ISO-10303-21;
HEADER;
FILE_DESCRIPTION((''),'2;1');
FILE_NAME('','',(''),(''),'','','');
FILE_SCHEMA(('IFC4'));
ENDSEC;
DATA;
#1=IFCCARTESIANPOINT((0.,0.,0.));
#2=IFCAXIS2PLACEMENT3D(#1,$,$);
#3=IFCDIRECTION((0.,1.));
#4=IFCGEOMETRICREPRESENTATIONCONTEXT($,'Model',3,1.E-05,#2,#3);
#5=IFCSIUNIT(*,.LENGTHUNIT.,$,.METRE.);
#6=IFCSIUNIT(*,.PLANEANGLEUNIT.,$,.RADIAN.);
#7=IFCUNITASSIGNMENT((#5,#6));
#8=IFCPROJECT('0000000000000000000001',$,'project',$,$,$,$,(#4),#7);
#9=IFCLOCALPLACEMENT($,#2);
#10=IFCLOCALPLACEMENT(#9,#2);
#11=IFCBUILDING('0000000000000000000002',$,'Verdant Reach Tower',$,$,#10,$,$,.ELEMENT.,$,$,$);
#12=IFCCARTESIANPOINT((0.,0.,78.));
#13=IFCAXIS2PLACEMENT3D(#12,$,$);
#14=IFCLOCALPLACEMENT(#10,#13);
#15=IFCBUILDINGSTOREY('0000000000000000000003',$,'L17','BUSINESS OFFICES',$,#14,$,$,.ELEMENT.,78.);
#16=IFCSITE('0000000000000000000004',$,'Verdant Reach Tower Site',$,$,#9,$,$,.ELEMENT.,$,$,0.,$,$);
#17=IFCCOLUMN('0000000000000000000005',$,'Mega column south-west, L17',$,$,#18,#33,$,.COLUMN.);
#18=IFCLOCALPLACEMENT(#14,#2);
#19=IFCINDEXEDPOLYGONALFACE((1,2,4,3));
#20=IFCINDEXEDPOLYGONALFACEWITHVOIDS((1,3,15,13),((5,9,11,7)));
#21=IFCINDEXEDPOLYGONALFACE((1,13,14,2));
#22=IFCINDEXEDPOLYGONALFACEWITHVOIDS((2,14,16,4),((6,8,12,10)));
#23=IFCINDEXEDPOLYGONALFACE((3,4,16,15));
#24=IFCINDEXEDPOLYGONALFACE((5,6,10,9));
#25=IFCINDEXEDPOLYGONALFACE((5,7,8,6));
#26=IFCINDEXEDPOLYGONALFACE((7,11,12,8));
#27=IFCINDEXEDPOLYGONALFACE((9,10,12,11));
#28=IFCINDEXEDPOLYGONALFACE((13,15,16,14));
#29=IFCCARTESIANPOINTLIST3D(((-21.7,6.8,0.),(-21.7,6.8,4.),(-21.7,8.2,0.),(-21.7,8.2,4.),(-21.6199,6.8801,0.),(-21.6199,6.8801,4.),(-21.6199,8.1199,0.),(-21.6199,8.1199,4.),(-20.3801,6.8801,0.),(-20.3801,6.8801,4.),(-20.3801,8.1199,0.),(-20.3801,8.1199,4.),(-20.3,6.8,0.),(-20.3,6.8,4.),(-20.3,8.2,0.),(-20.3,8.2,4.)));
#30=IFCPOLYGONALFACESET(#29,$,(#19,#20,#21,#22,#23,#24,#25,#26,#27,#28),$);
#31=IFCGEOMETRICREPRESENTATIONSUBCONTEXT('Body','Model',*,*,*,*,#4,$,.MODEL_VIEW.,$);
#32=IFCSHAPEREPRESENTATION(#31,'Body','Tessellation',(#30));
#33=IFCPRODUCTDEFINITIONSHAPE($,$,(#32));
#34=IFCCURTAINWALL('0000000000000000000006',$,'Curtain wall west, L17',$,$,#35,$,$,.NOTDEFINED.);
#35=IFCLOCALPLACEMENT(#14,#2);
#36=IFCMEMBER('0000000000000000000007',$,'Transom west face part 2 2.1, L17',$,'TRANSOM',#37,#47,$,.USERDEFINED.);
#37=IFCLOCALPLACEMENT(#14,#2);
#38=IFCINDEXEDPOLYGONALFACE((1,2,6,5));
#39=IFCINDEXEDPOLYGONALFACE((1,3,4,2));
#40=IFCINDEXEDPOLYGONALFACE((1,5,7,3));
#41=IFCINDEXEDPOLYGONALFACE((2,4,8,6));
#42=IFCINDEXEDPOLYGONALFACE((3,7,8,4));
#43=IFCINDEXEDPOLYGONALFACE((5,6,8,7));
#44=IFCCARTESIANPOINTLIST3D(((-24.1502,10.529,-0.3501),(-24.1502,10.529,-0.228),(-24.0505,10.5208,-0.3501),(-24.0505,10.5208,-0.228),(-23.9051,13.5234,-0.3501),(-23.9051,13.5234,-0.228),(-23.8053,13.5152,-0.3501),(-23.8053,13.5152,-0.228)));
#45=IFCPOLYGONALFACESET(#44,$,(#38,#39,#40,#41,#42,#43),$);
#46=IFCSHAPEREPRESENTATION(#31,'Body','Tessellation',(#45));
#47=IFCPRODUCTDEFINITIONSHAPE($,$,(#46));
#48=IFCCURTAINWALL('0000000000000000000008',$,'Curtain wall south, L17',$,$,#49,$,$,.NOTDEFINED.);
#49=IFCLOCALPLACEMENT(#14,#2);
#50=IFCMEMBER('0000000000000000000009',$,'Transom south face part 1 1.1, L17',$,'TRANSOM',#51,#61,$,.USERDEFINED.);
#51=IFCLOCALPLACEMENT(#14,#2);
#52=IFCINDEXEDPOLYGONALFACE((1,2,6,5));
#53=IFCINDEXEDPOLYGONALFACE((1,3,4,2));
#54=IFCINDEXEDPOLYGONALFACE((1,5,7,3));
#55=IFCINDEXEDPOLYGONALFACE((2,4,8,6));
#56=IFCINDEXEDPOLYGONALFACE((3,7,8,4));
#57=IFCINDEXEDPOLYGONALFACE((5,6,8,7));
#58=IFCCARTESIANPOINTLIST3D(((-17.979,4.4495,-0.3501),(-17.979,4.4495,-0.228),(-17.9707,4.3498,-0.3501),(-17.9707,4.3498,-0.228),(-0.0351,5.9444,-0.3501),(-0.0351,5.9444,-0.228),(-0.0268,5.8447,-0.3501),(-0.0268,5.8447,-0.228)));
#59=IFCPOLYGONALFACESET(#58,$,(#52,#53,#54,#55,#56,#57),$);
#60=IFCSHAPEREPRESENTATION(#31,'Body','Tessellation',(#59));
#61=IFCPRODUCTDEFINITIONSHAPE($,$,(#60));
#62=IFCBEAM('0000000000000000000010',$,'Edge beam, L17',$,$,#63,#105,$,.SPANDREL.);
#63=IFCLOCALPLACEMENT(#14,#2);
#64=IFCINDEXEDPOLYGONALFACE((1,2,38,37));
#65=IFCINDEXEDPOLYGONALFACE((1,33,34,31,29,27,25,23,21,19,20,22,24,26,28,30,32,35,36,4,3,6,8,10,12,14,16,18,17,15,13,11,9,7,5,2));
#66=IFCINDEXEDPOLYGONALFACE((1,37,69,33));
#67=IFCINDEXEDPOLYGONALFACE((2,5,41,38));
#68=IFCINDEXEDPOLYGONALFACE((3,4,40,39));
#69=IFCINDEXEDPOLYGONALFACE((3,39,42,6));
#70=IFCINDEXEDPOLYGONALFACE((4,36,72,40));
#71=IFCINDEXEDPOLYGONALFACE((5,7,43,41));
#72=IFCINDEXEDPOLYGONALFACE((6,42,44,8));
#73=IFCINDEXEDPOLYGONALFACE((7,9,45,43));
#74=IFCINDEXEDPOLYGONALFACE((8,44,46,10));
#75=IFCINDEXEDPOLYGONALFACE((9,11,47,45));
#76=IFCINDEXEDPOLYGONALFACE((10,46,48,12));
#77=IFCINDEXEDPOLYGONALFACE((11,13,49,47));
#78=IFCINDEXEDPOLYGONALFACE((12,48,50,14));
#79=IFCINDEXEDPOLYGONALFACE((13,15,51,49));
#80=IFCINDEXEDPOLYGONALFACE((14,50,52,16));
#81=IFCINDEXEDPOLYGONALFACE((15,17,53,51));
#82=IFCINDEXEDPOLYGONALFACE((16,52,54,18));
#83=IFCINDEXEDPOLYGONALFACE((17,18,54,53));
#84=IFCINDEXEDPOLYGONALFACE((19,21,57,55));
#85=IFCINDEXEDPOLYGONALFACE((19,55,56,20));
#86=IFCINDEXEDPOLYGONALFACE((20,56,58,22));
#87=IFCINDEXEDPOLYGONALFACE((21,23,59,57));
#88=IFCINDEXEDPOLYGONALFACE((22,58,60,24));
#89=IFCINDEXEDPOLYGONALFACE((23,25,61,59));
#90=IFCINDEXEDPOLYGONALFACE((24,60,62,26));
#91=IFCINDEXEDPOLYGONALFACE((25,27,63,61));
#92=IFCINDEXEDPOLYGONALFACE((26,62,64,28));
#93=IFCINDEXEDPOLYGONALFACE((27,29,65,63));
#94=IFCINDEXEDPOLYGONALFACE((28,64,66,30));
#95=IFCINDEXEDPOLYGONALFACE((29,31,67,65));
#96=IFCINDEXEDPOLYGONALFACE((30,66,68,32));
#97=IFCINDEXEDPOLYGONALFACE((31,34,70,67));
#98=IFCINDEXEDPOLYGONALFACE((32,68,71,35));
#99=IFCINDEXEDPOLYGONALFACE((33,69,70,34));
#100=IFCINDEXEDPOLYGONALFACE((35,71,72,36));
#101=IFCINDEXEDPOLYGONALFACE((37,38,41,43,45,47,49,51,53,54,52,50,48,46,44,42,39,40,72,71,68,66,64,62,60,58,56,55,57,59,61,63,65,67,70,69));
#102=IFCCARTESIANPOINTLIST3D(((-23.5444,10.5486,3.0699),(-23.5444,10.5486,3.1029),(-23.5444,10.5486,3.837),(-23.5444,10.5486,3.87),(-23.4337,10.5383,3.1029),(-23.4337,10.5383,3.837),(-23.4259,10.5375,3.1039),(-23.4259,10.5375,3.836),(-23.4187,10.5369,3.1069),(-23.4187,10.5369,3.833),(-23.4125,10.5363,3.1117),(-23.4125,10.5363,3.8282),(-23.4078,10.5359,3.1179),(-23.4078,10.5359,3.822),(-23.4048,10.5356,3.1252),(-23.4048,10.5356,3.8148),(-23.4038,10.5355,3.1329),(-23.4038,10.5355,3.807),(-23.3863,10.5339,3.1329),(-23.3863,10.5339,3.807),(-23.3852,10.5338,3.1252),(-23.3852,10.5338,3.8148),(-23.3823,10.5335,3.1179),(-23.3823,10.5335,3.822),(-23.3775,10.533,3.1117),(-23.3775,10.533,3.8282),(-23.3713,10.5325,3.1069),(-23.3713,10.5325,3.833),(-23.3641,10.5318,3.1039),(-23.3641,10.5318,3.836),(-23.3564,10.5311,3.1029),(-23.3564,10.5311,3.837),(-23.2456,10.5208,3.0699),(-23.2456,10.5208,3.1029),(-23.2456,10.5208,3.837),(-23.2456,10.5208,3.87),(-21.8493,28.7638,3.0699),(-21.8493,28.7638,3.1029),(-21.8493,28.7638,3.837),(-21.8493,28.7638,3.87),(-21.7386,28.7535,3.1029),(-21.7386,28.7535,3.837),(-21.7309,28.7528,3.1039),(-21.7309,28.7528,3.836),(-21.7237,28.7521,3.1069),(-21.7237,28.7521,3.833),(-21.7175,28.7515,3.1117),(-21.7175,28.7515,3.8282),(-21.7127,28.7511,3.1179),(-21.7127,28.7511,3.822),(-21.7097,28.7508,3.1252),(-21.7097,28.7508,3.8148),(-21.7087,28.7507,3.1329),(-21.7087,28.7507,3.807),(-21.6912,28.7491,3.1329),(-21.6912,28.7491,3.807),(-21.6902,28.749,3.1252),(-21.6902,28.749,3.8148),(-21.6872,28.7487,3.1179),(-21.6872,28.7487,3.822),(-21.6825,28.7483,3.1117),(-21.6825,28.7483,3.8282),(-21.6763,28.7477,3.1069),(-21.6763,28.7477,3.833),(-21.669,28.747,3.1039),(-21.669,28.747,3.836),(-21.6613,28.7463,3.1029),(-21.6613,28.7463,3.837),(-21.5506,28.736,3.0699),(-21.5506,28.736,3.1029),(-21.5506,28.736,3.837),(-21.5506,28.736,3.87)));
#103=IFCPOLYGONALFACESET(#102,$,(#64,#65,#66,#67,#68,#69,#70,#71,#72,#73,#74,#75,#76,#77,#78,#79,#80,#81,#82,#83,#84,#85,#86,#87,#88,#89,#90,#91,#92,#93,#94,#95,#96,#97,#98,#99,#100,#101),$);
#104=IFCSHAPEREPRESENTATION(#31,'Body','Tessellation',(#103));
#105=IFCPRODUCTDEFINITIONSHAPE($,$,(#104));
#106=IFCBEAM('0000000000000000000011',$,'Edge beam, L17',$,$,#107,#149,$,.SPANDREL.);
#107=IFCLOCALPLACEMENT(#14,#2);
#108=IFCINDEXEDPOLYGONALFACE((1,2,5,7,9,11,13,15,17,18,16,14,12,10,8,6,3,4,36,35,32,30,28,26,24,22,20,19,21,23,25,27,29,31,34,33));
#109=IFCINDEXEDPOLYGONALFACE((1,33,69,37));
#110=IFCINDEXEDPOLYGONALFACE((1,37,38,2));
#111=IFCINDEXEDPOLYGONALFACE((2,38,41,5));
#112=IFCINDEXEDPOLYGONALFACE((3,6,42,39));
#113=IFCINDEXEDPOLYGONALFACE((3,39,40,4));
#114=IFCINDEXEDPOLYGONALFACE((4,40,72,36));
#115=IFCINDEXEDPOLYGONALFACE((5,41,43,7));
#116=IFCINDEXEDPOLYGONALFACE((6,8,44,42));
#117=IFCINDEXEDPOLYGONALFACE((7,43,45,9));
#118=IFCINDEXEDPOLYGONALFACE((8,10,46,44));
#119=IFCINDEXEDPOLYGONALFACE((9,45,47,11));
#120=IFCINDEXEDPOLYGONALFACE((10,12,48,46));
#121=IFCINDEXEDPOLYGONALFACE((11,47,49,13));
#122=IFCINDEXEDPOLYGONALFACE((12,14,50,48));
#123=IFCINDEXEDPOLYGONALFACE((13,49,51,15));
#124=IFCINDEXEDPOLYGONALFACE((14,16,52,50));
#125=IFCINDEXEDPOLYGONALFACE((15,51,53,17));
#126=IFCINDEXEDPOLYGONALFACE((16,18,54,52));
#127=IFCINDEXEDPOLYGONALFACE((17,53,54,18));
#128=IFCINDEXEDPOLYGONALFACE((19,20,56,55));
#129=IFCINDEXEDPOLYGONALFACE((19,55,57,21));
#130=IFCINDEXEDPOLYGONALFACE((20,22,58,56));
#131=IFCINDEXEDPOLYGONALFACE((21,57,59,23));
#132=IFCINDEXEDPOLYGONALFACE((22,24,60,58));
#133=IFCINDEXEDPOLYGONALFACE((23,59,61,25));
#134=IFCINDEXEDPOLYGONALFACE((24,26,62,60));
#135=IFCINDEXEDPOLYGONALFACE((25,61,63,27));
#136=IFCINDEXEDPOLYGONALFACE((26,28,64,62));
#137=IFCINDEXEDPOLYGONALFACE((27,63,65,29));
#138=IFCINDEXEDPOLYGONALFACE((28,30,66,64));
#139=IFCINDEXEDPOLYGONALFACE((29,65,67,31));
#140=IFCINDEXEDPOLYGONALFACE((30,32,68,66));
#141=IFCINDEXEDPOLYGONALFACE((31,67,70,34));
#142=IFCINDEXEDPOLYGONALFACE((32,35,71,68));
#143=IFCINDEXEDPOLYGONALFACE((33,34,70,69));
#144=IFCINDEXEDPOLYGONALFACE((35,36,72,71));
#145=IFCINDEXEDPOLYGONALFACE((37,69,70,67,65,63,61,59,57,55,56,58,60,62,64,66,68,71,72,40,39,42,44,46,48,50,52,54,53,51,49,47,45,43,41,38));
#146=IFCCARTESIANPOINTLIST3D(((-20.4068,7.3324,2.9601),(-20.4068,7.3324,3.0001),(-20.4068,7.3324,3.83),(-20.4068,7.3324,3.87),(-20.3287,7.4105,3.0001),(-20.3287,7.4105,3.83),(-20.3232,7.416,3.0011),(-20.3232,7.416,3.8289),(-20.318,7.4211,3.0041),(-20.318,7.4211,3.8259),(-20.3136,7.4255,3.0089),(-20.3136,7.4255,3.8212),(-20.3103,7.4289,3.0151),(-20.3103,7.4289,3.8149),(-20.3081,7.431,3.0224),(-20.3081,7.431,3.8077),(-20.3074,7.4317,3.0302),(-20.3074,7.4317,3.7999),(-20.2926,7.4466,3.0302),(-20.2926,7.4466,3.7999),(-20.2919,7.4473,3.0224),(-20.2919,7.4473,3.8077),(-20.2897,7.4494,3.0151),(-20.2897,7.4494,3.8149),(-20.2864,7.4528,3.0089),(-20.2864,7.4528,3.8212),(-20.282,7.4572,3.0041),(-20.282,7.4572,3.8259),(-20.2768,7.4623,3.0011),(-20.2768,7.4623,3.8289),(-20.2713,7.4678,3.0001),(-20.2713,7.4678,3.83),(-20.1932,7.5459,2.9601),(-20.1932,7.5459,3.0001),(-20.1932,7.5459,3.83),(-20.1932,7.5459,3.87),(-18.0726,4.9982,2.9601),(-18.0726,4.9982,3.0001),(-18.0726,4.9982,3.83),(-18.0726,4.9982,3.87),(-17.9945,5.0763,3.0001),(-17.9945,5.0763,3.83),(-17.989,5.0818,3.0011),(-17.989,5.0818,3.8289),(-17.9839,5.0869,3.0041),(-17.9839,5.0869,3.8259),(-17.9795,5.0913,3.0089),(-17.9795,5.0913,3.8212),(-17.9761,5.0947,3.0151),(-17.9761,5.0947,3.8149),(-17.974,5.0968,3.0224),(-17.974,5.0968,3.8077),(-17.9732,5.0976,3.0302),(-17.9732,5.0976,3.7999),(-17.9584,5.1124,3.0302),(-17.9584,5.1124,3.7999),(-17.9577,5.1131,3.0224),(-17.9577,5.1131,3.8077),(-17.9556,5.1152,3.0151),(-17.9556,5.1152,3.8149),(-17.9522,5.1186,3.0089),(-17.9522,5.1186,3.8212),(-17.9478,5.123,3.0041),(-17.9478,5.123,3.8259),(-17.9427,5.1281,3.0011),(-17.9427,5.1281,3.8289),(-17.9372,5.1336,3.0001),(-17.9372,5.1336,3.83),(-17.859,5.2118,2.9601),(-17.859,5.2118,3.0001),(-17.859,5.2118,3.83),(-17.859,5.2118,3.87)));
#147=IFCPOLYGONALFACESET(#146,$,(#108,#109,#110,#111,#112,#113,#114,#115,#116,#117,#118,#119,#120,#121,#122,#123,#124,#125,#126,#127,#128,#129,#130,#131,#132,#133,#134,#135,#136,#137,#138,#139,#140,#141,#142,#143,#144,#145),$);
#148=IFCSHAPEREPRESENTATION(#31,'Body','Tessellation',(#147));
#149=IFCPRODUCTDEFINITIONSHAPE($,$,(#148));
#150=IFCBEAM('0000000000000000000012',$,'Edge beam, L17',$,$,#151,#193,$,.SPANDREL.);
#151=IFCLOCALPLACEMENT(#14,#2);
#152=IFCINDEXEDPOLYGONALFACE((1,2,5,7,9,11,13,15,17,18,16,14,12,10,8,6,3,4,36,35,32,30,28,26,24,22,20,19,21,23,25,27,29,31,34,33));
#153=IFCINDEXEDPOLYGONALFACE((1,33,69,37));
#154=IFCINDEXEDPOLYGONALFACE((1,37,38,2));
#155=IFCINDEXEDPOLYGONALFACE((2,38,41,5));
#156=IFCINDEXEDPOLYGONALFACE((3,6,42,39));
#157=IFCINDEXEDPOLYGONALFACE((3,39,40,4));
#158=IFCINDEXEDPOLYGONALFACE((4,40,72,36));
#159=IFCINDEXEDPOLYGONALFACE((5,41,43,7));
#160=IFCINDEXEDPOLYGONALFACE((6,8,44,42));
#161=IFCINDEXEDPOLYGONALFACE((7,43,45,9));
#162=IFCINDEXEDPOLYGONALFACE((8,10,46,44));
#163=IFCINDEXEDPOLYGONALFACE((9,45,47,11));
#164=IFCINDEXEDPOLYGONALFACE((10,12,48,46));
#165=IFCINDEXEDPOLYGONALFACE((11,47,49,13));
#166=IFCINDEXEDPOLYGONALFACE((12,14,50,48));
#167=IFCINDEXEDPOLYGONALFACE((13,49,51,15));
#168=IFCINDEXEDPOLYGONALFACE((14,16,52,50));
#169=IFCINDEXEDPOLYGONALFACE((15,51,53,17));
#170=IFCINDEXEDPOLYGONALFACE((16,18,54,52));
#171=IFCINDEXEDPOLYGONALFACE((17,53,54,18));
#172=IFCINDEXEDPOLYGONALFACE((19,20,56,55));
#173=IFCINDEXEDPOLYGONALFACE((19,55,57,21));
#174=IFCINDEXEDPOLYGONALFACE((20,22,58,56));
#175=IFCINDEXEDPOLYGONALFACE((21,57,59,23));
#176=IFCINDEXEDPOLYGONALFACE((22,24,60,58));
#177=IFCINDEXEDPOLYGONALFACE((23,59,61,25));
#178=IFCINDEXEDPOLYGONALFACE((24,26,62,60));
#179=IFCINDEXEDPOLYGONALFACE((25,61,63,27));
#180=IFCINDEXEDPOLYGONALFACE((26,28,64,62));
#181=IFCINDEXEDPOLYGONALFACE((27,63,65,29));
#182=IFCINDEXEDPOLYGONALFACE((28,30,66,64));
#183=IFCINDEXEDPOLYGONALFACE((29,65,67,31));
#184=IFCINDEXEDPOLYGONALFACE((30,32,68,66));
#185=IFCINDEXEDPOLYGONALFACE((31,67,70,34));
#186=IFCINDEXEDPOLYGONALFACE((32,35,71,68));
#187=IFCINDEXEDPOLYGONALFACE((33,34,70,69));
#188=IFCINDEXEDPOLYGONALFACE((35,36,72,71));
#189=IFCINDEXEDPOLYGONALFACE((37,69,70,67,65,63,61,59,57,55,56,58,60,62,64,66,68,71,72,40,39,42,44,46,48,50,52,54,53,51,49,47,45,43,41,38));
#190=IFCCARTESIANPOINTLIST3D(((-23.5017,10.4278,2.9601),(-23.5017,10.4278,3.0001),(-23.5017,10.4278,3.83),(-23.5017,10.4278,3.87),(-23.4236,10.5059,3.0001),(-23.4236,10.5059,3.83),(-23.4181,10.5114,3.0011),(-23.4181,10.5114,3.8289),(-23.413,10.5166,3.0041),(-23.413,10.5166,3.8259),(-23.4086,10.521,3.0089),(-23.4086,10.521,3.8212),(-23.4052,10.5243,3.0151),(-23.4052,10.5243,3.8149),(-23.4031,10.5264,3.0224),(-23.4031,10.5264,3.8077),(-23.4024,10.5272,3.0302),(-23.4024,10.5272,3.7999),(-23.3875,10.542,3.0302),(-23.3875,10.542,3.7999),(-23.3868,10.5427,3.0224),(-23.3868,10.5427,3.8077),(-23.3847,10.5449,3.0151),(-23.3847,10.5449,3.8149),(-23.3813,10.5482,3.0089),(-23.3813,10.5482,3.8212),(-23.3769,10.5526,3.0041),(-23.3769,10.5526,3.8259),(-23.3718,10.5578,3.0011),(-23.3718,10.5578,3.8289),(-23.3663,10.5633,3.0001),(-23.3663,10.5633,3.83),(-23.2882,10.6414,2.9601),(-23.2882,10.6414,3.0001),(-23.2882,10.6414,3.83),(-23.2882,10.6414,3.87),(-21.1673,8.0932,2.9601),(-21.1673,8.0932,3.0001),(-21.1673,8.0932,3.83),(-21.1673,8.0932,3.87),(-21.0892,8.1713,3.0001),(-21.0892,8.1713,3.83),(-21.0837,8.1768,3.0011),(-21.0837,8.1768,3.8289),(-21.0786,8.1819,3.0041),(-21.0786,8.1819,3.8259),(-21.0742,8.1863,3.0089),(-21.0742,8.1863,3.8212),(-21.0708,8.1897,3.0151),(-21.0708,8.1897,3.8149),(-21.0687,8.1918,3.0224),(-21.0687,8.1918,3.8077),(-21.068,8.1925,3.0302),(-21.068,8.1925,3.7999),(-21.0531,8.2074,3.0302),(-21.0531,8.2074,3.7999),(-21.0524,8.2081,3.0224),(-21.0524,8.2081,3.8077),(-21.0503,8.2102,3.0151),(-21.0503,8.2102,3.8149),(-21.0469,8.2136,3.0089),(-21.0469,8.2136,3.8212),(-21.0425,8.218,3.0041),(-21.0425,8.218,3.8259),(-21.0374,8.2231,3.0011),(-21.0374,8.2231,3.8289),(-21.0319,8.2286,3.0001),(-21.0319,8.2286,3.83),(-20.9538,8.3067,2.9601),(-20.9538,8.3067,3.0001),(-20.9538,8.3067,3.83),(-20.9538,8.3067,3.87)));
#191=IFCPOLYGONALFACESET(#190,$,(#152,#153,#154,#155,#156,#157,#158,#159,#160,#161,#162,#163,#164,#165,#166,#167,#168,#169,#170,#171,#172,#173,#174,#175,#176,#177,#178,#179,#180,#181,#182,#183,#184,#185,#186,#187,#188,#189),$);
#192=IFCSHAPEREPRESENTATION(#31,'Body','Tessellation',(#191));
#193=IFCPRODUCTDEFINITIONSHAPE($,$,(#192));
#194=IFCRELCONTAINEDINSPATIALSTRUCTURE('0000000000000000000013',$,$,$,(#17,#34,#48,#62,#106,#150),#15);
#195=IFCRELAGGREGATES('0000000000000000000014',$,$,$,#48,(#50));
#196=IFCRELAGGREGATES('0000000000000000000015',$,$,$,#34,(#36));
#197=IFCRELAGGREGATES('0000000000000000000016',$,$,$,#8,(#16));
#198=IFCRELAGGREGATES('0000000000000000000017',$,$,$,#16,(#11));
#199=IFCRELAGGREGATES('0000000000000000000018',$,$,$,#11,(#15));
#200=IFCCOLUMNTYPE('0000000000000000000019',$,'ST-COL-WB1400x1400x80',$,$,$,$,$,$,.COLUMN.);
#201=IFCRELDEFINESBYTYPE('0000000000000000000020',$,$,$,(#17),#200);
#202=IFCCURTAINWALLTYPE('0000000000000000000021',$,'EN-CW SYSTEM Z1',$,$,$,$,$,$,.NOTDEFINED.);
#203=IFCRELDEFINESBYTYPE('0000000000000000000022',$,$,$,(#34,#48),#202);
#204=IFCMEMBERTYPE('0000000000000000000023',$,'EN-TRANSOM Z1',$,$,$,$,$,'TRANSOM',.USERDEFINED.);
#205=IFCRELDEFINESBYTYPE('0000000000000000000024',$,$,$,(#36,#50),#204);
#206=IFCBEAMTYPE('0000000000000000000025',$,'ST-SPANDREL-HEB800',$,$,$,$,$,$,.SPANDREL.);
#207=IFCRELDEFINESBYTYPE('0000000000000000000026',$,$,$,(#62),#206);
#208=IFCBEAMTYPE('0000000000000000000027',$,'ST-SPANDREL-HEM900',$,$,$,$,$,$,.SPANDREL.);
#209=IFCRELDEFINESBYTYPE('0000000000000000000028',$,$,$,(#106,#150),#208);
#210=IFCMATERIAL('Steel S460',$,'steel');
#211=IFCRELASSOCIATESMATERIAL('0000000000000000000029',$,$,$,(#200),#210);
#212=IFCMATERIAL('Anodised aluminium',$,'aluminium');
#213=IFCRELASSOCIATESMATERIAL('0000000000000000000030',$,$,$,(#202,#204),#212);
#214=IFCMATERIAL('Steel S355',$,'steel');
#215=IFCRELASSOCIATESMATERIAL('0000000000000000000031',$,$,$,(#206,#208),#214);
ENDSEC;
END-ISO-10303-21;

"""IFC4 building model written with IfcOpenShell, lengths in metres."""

from ifc_helpers import new_model, si_unit, direction, frame, origin, origin_2d, place, context, subcontext, project, spatial, rectangle, hollow_rectangle, i_section, extrude, material, material_profile, profile_set, type_object, element, aggregate, save


model = new_model("IFC4")

# Units and contexts
model_context = context("Model", 3, precision=1e-05, world=origin(), true_north=direction((0.0, 1.0)))
body_context = subcontext(model_context, "Body", "Model", "MODEL_VIEW")
ifc_project = project(units=[si_unit("LENGTHUNIT", "METRE"), si_unit("PLANEANGLEUNIT", "RADIAN")], contexts=[model_context])

# Site, building, storey
site_placement = place(None, origin())
site = spatial("IfcSite", under=ifc_project, at=site_placement, Name="Verdant Reach Tower Site", CompositionType="ELEMENT", RefElevation=0.0)
building_placement = place(site_placement, origin())
building = spatial("IfcBuilding", under=site, at=building_placement, Name="Verdant Reach Tower", CompositionType="ELEMENT")
storey_placement = place(building_placement, frame((0.0, 0.0, 78.0)))
storey = spatial("IfcBuildingStorey", under=building, at=storey_placement, Name="L17", Description="BUSINESS OFFICES", CompositionType="ELEMENT", Elevation=78.0)

# Column
ifc_material_1 = material(Name="Steel S460", Category="steel")
ifc_material_profile_1 = material_profile(ifc_material_1, hollow_rectangle(XDim=1.3999, YDim=1.3999, WallThickness=0.0801, at=origin_2d()), Name="WB 1400x1400x80")
ifc_profile_set_1 = profile_set([ifc_material_profile_1], Name="Steel S460")
column_type = type_object("IfcColumnType", Name="ST-COL-WB1400x1400x80", PredefinedType="COLUMN", material=ifc_profile_set_1)
column_placement = place(storey_placement, frame((-21.0, 7.5, 0.0), z_axis=(0.0, 0.0, 1.0), x_axis=(1.0, 0.0, 0.0)))
element("IfcColumn", 1, at=column_placement, inside=storey, type_object=column_type, Name="Mega column south-west, L17", PredefinedType="COLUMN", context=body_context, shape_type="SweptSolid", body=[
    extrude(hollow_rectangle(XDim=1.3999, YDim=1.3999, WallThickness=0.0801, at=origin_2d()), origin(), (0.0, 0.0, 1.0), 4.0),
])

# Curtain walls, members
ifc_material_2 = material(Name="Anodised aluminium", Category="aluminium")
curtain_wall_type = type_object("IfcCurtainWallType", Name="EN-CW SYSTEM Z1", PredefinedType="NOTDEFINED", material=ifc_material_2)
curtain_wall_1_placement = place(storey_placement, origin())
curtain_wall_1 = element("IfcCurtainWall", 2, at=curtain_wall_1_placement, inside=storey, type_object=curtain_wall_type, Name="Curtain wall west, L17", PredefinedType="NOTDEFINED")
ifc_material_profile_2 = material_profile(ifc_material_2, rectangle(XDim=0.1001, YDim=0.1221, at=origin_2d()), Name="Transom 122x100")
ifc_profile_set_2 = profile_set([ifc_material_profile_2], Name="Anodised aluminium")
member_type = type_object("IfcMemberType", Name="EN-TRANSOM Z1", ElementType="TRANSOM", PredefinedType="USERDEFINED", material=ifc_profile_set_2)
member_1_placement = place(storey_placement, frame((-23.8552, 13.5193, -0.2891), z_axis=(-0.081586, -0.996666, 0.0), x_axis=(0.996666, -0.081586, 0.0)))
member_1 = element("IfcMember", 3, at=member_1_placement, type_object=member_type, Name="Transom west face part 2 2.1, L17", ObjectType="TRANSOM", PredefinedType="USERDEFINED", context=body_context, shape_type="SweptSolid", body=[
    extrude(rectangle(XDim=0.1001, YDim=0.1221, at=origin_2d()), origin(), (0.0, 0.0, 1.0), 3.0044),
])
curtain_wall_2_placement = place(storey_placement, origin())
curtain_wall_2 = element("IfcCurtainWall", 4, at=curtain_wall_2_placement, inside=storey, type_object=curtain_wall_type, Name="Curtain wall south, L17", PredefinedType="NOTDEFINED")
member_2_placement = place(storey_placement, frame((-17.9749, 4.3997, -0.2891), z_axis=(0.996548, 0.083021, 0.0), x_axis=(-0.083021, 0.996548, 0.0)))
member_2 = element("IfcMember", 5, at=member_2_placement, type_object=member_type, Name="Transom south face part 1 1.1, L17", ObjectType="TRANSOM", PredefinedType="USERDEFINED", context=body_context, shape_type="SweptSolid", body=[
    extrude(rectangle(XDim=0.1001, YDim=0.1221, at=origin_2d()), origin(), (0.0, 0.0, 1.0), 18.0061),
])

# Beams
ifc_material_3 = material(Name="Steel S355", Category="steel")
ifc_material_profile_3 = material_profile(ifc_material_3, i_section(OverallWidth=0.3, OverallDepth=0.8, WebThickness=0.0176, FlangeThickness=0.033, FilletRadius=0.03, at=origin_2d()), Name="HEB 800")
ifc_profile_set_3 = profile_set([ifc_material_profile_3], Name="Steel S355")
beam_type_1 = type_object("IfcBeamType", Name="ST-SPANDREL-HEB800", PredefinedType="SPANDREL", material=ifc_profile_set_3)
beam_1_placement = place(storey_placement, frame((-23.395, 10.5347, 3.47), z_axis=(0.092657, 0.995698, 0.0), x_axis=(-0.995698, 0.092657, 0.0)))
element("IfcBeam", 6, at=beam_1_placement, inside=storey, type_object=beam_type_1, Name="Edge beam, L17", PredefinedType="SPANDREL", context=body_context, shape_type="SweptSolid", body=[
    extrude(i_section(OverallWidth=0.3, OverallDepth=0.8, WebThickness=0.0176, FlangeThickness=0.033, FilletRadius=0.03, at=origin_2d()), origin(), (0.0, 0.0, 1.0), 18.2939),
])
ifc_material_profile_4 = material_profile(ifc_material_3, i_section(OverallWidth=0.302, OverallDepth=0.9099, WebThickness=0.021, FlangeThickness=0.04, FilletRadius=0.03, at=origin_2d()), Name="HEM 900")
ifc_profile_set_4 = profile_set([ifc_material_profile_4], Name="Steel S355")
beam_type_2 = type_object("IfcBeamType", Name="ST-SPANDREL-HEM900", PredefinedType="SPANDREL", material=ifc_profile_set_4)
beam_2_placement = place(storey_placement, frame((-17.9658, 5.105, 3.415), z_axis=(-0.707107, 0.707107, 0.0), x_axis=(-0.707107, -0.707107, 0.0)))
element("IfcBeam", 7, at=beam_2_placement, inside=storey, type_object=beam_type_2, Name="Edge beam, L17", PredefinedType="SPANDREL", context=body_context, shape_type="SweptSolid", body=[
    extrude(i_section(OverallWidth=0.302, OverallDepth=0.9099, WebThickness=0.021, FlangeThickness=0.04, FilletRadius=0.03, at=origin_2d()), origin(), (0.0, 0.0, 1.0), 3.301),
])
beam_3_placement = place(storey_placement, frame((-21.0605, 8.2, 3.415), z_axis=(-0.70707, 0.707144, 0.0), x_axis=(-0.707144, -0.70707, 0.0)))
element("IfcBeam", 8, at=beam_3_placement, inside=storey, type_object=beam_type_2, Name="Edge beam, L17", PredefinedType="SPANDREL", context=body_context, shape_type="SweptSolid", body=[
    extrude(i_section(OverallWidth=0.302, OverallDepth=0.9099, WebThickness=0.021, FlangeThickness=0.04, FilletRadius=0.03, at=origin_2d()), origin(), (0.0, 0.0, 1.0), 3.3015),
])

aggregate(curtain_wall_2, [member_2])
aggregate(curtain_wall_1, [member_1])

save(model, "model.ifc")
